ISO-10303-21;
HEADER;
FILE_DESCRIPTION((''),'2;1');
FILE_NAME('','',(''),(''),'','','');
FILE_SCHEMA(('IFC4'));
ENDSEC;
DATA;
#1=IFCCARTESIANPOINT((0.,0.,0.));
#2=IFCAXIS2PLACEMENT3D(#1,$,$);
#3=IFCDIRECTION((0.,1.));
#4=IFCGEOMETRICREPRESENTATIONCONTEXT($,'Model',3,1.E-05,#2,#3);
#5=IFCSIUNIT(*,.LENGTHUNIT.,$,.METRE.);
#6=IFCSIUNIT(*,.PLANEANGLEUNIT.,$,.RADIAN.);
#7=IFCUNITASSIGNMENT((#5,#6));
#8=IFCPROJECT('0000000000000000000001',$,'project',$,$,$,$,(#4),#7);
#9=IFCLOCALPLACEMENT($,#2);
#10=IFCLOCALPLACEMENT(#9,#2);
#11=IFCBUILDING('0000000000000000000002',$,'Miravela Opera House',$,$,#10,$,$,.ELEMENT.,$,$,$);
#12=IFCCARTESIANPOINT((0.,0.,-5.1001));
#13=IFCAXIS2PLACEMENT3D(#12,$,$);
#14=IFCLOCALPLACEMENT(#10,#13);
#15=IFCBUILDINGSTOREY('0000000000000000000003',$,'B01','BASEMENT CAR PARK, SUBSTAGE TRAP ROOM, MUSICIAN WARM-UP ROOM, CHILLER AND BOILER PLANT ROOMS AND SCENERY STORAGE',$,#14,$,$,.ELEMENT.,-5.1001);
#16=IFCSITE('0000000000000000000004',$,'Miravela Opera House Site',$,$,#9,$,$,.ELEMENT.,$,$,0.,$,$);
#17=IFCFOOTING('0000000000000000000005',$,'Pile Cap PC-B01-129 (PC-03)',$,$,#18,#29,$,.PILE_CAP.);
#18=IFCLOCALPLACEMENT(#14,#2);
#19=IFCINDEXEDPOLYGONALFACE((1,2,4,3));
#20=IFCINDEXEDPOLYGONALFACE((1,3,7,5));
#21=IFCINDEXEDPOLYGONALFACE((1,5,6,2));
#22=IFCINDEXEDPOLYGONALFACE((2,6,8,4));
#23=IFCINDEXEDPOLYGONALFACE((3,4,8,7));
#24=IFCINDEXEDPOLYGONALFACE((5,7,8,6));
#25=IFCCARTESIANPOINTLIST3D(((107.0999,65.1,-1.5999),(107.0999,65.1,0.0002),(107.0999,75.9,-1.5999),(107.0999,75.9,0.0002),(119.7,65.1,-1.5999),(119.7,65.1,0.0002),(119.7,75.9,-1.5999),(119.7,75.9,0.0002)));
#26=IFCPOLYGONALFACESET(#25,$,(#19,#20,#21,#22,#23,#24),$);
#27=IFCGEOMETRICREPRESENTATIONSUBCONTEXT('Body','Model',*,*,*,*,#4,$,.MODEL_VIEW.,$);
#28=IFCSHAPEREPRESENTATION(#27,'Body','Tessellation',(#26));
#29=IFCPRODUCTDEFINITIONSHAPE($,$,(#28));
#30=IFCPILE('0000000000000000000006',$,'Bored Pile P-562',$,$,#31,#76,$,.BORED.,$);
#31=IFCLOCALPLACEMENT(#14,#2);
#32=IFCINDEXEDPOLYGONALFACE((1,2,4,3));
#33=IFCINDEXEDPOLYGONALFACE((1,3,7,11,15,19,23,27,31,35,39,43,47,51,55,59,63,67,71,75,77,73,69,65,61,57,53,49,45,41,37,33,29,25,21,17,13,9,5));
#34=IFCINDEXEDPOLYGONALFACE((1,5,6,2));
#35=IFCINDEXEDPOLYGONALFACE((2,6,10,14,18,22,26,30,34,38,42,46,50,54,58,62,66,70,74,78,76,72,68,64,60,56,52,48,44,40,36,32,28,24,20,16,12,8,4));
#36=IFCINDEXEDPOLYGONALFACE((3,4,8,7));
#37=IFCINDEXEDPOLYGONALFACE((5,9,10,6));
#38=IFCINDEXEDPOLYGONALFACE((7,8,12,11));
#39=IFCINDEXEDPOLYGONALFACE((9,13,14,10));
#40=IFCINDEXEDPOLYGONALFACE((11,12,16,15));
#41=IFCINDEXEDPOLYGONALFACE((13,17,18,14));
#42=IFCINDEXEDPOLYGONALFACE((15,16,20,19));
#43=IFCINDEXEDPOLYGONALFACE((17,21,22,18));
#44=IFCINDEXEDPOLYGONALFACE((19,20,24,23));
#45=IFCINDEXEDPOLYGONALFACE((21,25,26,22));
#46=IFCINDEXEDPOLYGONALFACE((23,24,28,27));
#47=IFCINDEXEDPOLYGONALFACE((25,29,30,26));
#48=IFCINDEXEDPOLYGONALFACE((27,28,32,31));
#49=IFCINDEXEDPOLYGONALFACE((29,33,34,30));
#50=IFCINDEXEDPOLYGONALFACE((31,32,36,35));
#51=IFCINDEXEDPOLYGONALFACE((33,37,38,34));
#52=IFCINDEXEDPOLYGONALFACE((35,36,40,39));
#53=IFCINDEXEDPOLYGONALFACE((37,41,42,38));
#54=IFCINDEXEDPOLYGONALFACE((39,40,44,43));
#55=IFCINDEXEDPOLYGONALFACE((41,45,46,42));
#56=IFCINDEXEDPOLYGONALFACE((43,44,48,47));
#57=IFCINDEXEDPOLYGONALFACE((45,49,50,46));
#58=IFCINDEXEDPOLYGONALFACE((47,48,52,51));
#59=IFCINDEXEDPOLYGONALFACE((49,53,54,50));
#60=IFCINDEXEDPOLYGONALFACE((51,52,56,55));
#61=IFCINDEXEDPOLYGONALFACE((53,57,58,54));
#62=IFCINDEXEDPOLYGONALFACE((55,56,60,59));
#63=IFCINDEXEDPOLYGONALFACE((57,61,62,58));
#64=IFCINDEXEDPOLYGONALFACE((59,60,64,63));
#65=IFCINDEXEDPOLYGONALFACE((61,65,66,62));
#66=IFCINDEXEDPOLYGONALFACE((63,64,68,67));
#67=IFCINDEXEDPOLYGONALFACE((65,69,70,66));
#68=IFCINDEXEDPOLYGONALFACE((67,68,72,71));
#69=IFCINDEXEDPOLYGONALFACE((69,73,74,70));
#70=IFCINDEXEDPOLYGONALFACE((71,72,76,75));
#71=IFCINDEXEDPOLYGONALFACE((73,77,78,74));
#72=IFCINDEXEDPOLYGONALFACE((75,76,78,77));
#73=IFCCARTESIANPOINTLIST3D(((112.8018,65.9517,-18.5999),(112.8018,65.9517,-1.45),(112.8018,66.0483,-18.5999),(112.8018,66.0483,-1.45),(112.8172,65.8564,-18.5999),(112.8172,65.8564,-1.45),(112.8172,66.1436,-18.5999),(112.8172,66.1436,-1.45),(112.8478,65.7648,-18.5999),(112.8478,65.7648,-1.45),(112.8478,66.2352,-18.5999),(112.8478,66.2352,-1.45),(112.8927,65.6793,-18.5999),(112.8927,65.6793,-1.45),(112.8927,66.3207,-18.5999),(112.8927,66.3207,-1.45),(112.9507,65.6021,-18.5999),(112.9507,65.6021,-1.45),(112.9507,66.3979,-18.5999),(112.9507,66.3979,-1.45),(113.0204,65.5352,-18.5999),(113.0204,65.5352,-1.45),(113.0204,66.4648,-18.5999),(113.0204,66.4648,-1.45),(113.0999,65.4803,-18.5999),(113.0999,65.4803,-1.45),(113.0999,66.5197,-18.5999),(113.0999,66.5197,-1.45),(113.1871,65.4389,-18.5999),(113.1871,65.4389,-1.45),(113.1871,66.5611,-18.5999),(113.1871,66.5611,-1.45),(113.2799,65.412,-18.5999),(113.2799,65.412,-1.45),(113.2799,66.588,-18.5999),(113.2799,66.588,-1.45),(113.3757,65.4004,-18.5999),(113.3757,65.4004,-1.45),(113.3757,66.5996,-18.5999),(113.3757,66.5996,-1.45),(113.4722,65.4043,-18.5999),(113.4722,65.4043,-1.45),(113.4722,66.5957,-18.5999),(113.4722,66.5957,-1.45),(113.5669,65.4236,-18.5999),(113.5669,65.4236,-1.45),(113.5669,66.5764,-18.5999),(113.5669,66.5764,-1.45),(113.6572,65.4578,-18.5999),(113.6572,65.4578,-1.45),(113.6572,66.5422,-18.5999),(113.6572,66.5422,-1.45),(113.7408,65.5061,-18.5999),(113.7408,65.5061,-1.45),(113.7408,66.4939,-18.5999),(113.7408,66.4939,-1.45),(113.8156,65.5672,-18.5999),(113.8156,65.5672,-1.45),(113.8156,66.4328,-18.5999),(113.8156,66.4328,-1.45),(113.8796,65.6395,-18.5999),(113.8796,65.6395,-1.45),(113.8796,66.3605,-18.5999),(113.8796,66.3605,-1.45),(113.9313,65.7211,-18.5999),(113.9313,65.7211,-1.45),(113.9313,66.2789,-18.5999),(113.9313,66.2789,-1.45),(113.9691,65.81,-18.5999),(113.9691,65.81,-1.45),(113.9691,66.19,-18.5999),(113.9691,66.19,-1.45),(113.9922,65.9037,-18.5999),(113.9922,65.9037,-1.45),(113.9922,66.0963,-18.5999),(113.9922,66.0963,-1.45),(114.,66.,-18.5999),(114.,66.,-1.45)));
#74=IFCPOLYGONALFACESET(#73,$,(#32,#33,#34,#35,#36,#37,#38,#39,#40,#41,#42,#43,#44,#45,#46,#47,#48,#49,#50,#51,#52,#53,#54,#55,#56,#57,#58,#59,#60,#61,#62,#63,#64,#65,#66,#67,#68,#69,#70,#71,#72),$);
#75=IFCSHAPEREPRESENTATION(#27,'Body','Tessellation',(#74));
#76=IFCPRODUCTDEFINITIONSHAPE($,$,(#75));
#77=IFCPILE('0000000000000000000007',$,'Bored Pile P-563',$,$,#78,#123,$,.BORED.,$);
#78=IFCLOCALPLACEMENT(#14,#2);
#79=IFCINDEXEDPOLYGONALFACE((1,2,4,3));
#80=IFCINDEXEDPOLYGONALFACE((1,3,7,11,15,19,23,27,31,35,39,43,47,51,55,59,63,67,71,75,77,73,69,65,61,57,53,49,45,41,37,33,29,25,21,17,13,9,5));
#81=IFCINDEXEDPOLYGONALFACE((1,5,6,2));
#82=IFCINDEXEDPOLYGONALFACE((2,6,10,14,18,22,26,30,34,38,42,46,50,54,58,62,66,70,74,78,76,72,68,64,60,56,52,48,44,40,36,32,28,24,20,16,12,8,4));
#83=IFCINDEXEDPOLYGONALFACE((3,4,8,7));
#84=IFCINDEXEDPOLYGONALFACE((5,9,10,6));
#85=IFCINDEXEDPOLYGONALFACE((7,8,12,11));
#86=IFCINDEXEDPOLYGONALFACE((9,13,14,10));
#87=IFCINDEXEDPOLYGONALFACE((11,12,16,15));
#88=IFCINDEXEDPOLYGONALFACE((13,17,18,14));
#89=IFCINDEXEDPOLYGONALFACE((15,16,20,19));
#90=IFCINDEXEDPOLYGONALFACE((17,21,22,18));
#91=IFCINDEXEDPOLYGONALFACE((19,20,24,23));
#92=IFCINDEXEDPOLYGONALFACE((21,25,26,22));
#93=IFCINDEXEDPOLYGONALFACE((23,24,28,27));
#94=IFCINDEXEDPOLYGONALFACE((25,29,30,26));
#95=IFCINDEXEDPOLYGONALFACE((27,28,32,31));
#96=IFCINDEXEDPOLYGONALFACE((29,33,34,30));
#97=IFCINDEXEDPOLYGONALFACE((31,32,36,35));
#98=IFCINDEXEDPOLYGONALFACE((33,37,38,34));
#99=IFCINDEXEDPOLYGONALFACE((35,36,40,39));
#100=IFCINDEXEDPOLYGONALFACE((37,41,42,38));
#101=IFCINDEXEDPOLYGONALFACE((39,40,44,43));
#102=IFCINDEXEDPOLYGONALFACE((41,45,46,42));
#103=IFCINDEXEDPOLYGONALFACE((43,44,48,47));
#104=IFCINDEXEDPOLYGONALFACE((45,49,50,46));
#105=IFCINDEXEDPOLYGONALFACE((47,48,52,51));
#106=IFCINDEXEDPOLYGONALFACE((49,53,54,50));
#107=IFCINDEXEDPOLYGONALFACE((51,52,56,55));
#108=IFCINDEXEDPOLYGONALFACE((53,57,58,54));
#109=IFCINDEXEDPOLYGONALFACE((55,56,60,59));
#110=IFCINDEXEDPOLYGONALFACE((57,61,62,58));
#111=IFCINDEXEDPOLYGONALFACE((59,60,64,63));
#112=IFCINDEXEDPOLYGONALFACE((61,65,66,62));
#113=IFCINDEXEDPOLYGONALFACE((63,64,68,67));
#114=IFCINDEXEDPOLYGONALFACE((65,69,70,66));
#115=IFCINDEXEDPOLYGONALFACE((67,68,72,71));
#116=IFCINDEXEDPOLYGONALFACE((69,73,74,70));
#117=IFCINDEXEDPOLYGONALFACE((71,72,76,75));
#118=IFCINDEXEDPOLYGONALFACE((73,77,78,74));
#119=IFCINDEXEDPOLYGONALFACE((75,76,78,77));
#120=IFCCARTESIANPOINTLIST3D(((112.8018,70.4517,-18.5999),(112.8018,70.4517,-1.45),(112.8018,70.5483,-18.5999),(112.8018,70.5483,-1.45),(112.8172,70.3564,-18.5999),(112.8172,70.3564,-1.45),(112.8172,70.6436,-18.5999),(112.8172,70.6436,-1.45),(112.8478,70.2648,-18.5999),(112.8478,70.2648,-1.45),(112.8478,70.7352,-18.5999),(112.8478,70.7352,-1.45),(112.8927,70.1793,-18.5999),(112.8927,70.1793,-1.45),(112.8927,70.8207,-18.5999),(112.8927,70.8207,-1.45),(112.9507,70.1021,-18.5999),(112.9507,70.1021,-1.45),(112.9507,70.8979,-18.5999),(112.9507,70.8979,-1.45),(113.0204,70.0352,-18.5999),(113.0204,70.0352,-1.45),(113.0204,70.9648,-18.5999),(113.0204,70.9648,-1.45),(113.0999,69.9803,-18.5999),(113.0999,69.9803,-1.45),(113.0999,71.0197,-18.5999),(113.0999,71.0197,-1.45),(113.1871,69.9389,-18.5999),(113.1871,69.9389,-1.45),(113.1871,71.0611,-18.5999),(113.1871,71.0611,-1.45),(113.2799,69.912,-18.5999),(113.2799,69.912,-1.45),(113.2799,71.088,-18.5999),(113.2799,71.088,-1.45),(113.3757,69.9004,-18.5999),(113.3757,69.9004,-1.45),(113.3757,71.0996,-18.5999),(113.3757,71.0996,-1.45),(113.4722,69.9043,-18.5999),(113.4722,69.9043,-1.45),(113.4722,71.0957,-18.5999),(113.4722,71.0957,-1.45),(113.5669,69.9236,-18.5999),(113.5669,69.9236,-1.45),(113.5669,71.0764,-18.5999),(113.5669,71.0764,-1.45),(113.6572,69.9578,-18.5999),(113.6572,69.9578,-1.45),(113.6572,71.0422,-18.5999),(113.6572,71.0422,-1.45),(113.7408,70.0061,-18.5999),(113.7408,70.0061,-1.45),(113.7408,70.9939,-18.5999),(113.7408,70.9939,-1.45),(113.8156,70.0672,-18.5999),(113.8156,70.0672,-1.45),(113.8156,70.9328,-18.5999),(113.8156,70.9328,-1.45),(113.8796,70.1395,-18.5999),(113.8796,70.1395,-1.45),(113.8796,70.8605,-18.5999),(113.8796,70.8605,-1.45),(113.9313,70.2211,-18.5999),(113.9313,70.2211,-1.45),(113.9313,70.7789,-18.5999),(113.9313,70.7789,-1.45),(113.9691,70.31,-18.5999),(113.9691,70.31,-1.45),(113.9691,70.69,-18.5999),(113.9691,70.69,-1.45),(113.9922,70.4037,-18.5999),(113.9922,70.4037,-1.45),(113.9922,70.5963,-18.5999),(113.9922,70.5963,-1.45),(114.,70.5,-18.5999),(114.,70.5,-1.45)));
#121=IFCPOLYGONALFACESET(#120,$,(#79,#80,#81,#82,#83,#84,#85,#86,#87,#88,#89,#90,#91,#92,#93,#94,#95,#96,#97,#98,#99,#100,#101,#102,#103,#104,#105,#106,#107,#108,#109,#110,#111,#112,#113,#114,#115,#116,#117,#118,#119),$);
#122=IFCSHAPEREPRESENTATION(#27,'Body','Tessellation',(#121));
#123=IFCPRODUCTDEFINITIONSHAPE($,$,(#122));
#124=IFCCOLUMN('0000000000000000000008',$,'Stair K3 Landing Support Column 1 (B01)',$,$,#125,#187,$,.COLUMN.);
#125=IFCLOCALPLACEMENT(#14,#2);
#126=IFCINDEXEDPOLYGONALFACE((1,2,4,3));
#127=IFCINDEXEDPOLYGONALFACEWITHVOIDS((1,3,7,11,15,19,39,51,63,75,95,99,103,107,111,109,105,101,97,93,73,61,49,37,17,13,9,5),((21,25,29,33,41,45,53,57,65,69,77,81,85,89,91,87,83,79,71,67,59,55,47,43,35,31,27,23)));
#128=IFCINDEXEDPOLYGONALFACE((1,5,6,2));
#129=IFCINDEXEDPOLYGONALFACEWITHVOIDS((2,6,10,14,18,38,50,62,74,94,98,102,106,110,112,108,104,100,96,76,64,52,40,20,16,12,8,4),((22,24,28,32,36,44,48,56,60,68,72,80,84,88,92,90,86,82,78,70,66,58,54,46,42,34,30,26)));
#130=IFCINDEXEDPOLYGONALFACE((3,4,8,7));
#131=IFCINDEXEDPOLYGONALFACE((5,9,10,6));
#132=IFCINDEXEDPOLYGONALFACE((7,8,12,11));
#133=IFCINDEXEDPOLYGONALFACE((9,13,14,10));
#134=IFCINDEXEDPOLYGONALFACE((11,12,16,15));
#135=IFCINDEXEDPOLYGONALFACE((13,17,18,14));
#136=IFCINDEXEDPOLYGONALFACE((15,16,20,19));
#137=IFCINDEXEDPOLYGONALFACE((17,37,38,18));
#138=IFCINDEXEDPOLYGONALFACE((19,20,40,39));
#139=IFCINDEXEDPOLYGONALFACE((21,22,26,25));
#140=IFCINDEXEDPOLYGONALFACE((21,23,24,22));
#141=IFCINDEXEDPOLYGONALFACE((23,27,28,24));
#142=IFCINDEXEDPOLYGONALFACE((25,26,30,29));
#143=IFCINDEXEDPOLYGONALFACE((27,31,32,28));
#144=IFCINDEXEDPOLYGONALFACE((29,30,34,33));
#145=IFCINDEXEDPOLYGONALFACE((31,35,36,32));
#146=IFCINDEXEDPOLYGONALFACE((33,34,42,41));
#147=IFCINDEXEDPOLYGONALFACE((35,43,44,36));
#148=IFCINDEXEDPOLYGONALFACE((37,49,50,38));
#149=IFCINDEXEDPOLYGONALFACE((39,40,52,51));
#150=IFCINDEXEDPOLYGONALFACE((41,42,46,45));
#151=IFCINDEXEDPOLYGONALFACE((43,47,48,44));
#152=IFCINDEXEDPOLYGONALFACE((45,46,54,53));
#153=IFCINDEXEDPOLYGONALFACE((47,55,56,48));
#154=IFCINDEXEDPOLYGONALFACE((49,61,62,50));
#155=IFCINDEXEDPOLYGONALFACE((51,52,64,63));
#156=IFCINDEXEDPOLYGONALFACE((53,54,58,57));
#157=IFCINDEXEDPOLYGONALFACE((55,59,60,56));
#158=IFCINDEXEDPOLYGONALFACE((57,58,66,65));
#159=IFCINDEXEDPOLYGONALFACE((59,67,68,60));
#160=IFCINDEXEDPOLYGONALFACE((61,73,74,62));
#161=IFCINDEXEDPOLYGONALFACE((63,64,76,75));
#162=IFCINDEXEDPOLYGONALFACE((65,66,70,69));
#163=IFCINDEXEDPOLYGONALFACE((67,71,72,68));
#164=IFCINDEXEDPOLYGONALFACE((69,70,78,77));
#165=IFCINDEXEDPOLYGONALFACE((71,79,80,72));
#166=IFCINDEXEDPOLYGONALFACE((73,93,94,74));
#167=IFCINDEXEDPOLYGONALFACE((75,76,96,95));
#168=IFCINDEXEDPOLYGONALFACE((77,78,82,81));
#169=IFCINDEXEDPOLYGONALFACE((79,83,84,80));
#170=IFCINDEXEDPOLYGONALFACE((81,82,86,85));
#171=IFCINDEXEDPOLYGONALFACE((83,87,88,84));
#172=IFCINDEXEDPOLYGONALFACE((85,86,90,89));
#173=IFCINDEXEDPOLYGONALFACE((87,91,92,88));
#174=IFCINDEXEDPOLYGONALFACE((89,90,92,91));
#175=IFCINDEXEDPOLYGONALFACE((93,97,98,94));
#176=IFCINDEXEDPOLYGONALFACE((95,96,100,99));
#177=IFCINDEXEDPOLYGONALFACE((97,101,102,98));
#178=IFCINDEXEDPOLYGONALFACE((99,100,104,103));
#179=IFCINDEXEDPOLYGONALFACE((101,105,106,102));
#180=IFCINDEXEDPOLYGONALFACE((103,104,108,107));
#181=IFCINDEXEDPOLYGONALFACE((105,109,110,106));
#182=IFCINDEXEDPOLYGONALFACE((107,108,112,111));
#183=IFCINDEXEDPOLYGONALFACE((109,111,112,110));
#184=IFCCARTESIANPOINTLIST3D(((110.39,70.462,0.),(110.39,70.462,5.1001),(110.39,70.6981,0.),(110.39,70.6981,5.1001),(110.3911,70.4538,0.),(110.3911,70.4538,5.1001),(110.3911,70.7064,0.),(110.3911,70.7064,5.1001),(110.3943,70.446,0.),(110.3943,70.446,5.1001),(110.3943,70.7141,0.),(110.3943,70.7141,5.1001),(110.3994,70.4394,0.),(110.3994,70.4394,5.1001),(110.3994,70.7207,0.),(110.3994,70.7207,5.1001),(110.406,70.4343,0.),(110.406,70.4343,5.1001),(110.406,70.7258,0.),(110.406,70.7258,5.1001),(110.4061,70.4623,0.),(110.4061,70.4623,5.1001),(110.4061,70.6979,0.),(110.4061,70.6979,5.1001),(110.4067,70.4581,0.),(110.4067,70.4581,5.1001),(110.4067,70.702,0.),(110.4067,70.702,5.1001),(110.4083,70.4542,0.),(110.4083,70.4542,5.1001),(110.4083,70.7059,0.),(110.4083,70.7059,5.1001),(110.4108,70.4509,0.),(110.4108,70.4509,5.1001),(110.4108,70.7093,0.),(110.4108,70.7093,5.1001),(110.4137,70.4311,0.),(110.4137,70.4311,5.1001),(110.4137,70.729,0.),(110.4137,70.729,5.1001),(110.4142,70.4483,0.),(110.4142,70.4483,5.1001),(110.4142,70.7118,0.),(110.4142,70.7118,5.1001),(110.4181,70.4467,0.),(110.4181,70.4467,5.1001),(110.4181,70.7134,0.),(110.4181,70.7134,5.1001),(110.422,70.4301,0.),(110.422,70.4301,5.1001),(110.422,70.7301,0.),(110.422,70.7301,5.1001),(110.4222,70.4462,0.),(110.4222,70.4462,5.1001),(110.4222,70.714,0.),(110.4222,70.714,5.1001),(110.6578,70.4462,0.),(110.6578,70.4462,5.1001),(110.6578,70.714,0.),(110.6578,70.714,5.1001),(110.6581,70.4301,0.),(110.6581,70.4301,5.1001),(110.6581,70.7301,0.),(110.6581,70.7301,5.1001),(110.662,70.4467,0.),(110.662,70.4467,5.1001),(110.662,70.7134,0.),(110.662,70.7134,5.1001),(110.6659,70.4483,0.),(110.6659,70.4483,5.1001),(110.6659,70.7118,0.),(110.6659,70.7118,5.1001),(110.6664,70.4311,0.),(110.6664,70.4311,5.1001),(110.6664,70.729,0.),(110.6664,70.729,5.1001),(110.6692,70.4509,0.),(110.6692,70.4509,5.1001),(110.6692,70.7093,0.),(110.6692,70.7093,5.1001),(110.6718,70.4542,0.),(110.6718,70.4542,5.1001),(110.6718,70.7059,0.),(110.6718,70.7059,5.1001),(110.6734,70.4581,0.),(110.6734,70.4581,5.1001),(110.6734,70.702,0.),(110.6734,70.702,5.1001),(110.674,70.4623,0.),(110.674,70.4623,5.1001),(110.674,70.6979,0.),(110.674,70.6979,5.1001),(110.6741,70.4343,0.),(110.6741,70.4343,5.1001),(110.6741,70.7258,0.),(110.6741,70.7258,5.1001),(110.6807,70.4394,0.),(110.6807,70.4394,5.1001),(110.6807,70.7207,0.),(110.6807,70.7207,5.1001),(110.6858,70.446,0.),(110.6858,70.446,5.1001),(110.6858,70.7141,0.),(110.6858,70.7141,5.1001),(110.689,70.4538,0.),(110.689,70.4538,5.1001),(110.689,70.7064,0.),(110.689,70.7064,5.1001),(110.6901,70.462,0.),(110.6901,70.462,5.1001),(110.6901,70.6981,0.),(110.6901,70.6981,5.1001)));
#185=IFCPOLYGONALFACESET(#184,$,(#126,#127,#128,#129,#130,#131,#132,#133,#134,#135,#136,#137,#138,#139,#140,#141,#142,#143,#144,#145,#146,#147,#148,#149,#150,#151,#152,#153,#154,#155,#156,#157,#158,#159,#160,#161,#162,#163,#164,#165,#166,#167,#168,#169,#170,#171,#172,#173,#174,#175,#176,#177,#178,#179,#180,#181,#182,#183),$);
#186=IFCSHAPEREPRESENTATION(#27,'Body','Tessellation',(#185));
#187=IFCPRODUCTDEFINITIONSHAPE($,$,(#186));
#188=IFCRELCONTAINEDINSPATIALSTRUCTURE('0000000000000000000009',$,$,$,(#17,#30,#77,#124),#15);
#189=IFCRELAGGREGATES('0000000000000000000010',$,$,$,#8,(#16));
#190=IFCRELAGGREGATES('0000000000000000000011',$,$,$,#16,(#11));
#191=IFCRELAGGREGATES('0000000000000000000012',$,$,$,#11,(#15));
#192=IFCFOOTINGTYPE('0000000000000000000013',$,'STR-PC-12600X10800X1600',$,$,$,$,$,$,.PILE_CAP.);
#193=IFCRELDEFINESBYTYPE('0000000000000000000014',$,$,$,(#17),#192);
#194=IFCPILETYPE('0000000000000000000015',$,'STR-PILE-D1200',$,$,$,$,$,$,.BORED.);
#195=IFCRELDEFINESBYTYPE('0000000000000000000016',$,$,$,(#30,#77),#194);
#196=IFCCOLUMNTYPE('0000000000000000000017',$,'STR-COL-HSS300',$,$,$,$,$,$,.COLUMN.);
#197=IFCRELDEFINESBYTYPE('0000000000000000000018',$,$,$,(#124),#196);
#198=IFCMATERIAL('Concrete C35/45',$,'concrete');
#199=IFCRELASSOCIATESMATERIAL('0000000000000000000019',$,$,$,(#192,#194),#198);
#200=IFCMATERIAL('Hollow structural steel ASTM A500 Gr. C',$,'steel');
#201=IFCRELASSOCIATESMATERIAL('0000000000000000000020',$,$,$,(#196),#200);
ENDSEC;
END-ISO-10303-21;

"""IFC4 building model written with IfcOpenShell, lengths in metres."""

from ifc_helpers import new_model, si_unit, direction, frame, origin, origin_2d, place, context, subcontext, project, spatial, rectangle, hollow_rectangle, circle, extrude, material, material_profile, profile_set, type_object, element, save


model = new_model("IFC4")

# Units and contexts
model_context = context("Model", 3, precision=1e-05, world=origin(), true_north=direction((0.0, 1.0)))
body_context = subcontext(model_context, "Body", "Model", "MODEL_VIEW")
ifc_project = project(units=[si_unit("LENGTHUNIT", "METRE"), si_unit("PLANEANGLEUNIT", "RADIAN")], contexts=[model_context])

# Site, building, storey
site_placement = place(None, origin())
site = spatial("IfcSite", under=ifc_project, at=site_placement, Name="Miravela Opera House Site", CompositionType="ELEMENT", RefElevation=0.0)
building_placement = place(site_placement, origin())
building = spatial("IfcBuilding", under=site, at=building_placement, Name="Miravela Opera House", CompositionType="ELEMENT")
storey_placement = place(building_placement, frame((0.0, 0.0, -5.1001)))
storey = spatial("IfcBuildingStorey", under=building, at=storey_placement, Name="B01", Description="BASEMENT CAR PARK, SUBSTAGE TRAP ROOM, MUSICIAN WARM-UP ROOM, CHILLER AND BOILER PLANT ROOMS AND SCENERY STORAGE", CompositionType="ELEMENT", Elevation=-5.1001)

# Footing
ifc_material_1 = material(Name="Concrete C35/45", Category="concrete")
footing_type = type_object("IfcFootingType", Name="STR-PC-12600X10800X1600", PredefinedType="PILE_CAP", material=ifc_material_1)
footing_placement = place(storey_placement, frame((113.3999, 70.5, -1.5999), z_axis=(0.0, 0.0, 1.0), x_axis=(1.0, 0.0, 0.0)))
element("IfcFooting", 1, at=footing_placement, inside=storey, type_object=footing_type, Name="Pile Cap PC-B01-129 (PC-03)", PredefinedType="PILE_CAP", context=body_context, shape_type="SweptSolid", body=[
    extrude(rectangle(XDim=12.6001, YDim=10.8, at=origin_2d()), origin(), (0.0, 0.0, 1.0), 1.6001),
])

# Piles
ifc_material_profile_1 = material_profile(ifc_material_1, circle(Radius=0.6001, at=origin_2d()), Name="PILE-D1200")
ifc_profile_set_1 = profile_set([ifc_material_profile_1])
pile_type = type_object("IfcPileType", Name="STR-PILE-D1200", PredefinedType="BORED", material=ifc_profile_set_1)
for number, where, z_axis, x_axis, name in (
    (2, (113.3999, 66.0, -1.45), (0.0, 0.0, -1.0), (1.0, 0.0, 0.0), "Bored Pile P-562"),
    (3, (113.3999, 70.5, -1.45), (0.0, 0.0, -1.0), (1.0, 0.0, 0.0), "Bored Pile P-563"),
):
    element("IfcPile", number, at=place(storey_placement, frame(where, z_axis=z_axis, x_axis=x_axis)), inside=storey, type_object=pile_type, Name=name, PredefinedType="BORED", context=body_context, shape_type="SweptSolid", body=[
        extrude(circle(Radius=0.6001, at=origin_2d()), origin(), (0.0, 0.0, 1.0), 17.1499),
    ])

# Column
ifc_material_2 = material(Name="Hollow structural steel ASTM A500 Gr. C", Category="steel")
ifc_material_profile_2 = material_profile(ifc_material_2, hollow_rectangle(XDim=0.3, YDim=0.3, WallThickness=0.0161, InnerFilletRadius=0.0161, OuterFilletRadius=0.032, at=origin_2d()), Name="HSS300X300X16")
ifc_profile_set_2 = profile_set([ifc_material_profile_2])
column_type_1 = type_object("IfcColumnType", Name="STR-COL-HSS300", PredefinedType="COLUMN", material=ifc_profile_set_2)
for number, where, z_axis, x_axis, name in (
    (4, (110.54, 70.5801, 0.0), (0.0, 0.0, 1.0), (1.0, 0.0, 0.0), "Stair K3 Landing Support Column 1 (B01)"),
):
    element("IfcColumn", number, at=place(storey_placement, frame(where, z_axis=z_axis, x_axis=x_axis)), inside=storey, type_object=column_type_1, Name=name, PredefinedType="COLUMN", context=body_context, shape_type="SweptSolid", body=[
        extrude(hollow_rectangle(XDim=0.3, YDim=0.3, WallThickness=0.0161, InnerFilletRadius=0.0161, OuterFilletRadius=0.032, at=origin_2d()), origin(), (0.0, 0.0, 1.0), 5.1001),
    ])

save(model, "model.ifc")
